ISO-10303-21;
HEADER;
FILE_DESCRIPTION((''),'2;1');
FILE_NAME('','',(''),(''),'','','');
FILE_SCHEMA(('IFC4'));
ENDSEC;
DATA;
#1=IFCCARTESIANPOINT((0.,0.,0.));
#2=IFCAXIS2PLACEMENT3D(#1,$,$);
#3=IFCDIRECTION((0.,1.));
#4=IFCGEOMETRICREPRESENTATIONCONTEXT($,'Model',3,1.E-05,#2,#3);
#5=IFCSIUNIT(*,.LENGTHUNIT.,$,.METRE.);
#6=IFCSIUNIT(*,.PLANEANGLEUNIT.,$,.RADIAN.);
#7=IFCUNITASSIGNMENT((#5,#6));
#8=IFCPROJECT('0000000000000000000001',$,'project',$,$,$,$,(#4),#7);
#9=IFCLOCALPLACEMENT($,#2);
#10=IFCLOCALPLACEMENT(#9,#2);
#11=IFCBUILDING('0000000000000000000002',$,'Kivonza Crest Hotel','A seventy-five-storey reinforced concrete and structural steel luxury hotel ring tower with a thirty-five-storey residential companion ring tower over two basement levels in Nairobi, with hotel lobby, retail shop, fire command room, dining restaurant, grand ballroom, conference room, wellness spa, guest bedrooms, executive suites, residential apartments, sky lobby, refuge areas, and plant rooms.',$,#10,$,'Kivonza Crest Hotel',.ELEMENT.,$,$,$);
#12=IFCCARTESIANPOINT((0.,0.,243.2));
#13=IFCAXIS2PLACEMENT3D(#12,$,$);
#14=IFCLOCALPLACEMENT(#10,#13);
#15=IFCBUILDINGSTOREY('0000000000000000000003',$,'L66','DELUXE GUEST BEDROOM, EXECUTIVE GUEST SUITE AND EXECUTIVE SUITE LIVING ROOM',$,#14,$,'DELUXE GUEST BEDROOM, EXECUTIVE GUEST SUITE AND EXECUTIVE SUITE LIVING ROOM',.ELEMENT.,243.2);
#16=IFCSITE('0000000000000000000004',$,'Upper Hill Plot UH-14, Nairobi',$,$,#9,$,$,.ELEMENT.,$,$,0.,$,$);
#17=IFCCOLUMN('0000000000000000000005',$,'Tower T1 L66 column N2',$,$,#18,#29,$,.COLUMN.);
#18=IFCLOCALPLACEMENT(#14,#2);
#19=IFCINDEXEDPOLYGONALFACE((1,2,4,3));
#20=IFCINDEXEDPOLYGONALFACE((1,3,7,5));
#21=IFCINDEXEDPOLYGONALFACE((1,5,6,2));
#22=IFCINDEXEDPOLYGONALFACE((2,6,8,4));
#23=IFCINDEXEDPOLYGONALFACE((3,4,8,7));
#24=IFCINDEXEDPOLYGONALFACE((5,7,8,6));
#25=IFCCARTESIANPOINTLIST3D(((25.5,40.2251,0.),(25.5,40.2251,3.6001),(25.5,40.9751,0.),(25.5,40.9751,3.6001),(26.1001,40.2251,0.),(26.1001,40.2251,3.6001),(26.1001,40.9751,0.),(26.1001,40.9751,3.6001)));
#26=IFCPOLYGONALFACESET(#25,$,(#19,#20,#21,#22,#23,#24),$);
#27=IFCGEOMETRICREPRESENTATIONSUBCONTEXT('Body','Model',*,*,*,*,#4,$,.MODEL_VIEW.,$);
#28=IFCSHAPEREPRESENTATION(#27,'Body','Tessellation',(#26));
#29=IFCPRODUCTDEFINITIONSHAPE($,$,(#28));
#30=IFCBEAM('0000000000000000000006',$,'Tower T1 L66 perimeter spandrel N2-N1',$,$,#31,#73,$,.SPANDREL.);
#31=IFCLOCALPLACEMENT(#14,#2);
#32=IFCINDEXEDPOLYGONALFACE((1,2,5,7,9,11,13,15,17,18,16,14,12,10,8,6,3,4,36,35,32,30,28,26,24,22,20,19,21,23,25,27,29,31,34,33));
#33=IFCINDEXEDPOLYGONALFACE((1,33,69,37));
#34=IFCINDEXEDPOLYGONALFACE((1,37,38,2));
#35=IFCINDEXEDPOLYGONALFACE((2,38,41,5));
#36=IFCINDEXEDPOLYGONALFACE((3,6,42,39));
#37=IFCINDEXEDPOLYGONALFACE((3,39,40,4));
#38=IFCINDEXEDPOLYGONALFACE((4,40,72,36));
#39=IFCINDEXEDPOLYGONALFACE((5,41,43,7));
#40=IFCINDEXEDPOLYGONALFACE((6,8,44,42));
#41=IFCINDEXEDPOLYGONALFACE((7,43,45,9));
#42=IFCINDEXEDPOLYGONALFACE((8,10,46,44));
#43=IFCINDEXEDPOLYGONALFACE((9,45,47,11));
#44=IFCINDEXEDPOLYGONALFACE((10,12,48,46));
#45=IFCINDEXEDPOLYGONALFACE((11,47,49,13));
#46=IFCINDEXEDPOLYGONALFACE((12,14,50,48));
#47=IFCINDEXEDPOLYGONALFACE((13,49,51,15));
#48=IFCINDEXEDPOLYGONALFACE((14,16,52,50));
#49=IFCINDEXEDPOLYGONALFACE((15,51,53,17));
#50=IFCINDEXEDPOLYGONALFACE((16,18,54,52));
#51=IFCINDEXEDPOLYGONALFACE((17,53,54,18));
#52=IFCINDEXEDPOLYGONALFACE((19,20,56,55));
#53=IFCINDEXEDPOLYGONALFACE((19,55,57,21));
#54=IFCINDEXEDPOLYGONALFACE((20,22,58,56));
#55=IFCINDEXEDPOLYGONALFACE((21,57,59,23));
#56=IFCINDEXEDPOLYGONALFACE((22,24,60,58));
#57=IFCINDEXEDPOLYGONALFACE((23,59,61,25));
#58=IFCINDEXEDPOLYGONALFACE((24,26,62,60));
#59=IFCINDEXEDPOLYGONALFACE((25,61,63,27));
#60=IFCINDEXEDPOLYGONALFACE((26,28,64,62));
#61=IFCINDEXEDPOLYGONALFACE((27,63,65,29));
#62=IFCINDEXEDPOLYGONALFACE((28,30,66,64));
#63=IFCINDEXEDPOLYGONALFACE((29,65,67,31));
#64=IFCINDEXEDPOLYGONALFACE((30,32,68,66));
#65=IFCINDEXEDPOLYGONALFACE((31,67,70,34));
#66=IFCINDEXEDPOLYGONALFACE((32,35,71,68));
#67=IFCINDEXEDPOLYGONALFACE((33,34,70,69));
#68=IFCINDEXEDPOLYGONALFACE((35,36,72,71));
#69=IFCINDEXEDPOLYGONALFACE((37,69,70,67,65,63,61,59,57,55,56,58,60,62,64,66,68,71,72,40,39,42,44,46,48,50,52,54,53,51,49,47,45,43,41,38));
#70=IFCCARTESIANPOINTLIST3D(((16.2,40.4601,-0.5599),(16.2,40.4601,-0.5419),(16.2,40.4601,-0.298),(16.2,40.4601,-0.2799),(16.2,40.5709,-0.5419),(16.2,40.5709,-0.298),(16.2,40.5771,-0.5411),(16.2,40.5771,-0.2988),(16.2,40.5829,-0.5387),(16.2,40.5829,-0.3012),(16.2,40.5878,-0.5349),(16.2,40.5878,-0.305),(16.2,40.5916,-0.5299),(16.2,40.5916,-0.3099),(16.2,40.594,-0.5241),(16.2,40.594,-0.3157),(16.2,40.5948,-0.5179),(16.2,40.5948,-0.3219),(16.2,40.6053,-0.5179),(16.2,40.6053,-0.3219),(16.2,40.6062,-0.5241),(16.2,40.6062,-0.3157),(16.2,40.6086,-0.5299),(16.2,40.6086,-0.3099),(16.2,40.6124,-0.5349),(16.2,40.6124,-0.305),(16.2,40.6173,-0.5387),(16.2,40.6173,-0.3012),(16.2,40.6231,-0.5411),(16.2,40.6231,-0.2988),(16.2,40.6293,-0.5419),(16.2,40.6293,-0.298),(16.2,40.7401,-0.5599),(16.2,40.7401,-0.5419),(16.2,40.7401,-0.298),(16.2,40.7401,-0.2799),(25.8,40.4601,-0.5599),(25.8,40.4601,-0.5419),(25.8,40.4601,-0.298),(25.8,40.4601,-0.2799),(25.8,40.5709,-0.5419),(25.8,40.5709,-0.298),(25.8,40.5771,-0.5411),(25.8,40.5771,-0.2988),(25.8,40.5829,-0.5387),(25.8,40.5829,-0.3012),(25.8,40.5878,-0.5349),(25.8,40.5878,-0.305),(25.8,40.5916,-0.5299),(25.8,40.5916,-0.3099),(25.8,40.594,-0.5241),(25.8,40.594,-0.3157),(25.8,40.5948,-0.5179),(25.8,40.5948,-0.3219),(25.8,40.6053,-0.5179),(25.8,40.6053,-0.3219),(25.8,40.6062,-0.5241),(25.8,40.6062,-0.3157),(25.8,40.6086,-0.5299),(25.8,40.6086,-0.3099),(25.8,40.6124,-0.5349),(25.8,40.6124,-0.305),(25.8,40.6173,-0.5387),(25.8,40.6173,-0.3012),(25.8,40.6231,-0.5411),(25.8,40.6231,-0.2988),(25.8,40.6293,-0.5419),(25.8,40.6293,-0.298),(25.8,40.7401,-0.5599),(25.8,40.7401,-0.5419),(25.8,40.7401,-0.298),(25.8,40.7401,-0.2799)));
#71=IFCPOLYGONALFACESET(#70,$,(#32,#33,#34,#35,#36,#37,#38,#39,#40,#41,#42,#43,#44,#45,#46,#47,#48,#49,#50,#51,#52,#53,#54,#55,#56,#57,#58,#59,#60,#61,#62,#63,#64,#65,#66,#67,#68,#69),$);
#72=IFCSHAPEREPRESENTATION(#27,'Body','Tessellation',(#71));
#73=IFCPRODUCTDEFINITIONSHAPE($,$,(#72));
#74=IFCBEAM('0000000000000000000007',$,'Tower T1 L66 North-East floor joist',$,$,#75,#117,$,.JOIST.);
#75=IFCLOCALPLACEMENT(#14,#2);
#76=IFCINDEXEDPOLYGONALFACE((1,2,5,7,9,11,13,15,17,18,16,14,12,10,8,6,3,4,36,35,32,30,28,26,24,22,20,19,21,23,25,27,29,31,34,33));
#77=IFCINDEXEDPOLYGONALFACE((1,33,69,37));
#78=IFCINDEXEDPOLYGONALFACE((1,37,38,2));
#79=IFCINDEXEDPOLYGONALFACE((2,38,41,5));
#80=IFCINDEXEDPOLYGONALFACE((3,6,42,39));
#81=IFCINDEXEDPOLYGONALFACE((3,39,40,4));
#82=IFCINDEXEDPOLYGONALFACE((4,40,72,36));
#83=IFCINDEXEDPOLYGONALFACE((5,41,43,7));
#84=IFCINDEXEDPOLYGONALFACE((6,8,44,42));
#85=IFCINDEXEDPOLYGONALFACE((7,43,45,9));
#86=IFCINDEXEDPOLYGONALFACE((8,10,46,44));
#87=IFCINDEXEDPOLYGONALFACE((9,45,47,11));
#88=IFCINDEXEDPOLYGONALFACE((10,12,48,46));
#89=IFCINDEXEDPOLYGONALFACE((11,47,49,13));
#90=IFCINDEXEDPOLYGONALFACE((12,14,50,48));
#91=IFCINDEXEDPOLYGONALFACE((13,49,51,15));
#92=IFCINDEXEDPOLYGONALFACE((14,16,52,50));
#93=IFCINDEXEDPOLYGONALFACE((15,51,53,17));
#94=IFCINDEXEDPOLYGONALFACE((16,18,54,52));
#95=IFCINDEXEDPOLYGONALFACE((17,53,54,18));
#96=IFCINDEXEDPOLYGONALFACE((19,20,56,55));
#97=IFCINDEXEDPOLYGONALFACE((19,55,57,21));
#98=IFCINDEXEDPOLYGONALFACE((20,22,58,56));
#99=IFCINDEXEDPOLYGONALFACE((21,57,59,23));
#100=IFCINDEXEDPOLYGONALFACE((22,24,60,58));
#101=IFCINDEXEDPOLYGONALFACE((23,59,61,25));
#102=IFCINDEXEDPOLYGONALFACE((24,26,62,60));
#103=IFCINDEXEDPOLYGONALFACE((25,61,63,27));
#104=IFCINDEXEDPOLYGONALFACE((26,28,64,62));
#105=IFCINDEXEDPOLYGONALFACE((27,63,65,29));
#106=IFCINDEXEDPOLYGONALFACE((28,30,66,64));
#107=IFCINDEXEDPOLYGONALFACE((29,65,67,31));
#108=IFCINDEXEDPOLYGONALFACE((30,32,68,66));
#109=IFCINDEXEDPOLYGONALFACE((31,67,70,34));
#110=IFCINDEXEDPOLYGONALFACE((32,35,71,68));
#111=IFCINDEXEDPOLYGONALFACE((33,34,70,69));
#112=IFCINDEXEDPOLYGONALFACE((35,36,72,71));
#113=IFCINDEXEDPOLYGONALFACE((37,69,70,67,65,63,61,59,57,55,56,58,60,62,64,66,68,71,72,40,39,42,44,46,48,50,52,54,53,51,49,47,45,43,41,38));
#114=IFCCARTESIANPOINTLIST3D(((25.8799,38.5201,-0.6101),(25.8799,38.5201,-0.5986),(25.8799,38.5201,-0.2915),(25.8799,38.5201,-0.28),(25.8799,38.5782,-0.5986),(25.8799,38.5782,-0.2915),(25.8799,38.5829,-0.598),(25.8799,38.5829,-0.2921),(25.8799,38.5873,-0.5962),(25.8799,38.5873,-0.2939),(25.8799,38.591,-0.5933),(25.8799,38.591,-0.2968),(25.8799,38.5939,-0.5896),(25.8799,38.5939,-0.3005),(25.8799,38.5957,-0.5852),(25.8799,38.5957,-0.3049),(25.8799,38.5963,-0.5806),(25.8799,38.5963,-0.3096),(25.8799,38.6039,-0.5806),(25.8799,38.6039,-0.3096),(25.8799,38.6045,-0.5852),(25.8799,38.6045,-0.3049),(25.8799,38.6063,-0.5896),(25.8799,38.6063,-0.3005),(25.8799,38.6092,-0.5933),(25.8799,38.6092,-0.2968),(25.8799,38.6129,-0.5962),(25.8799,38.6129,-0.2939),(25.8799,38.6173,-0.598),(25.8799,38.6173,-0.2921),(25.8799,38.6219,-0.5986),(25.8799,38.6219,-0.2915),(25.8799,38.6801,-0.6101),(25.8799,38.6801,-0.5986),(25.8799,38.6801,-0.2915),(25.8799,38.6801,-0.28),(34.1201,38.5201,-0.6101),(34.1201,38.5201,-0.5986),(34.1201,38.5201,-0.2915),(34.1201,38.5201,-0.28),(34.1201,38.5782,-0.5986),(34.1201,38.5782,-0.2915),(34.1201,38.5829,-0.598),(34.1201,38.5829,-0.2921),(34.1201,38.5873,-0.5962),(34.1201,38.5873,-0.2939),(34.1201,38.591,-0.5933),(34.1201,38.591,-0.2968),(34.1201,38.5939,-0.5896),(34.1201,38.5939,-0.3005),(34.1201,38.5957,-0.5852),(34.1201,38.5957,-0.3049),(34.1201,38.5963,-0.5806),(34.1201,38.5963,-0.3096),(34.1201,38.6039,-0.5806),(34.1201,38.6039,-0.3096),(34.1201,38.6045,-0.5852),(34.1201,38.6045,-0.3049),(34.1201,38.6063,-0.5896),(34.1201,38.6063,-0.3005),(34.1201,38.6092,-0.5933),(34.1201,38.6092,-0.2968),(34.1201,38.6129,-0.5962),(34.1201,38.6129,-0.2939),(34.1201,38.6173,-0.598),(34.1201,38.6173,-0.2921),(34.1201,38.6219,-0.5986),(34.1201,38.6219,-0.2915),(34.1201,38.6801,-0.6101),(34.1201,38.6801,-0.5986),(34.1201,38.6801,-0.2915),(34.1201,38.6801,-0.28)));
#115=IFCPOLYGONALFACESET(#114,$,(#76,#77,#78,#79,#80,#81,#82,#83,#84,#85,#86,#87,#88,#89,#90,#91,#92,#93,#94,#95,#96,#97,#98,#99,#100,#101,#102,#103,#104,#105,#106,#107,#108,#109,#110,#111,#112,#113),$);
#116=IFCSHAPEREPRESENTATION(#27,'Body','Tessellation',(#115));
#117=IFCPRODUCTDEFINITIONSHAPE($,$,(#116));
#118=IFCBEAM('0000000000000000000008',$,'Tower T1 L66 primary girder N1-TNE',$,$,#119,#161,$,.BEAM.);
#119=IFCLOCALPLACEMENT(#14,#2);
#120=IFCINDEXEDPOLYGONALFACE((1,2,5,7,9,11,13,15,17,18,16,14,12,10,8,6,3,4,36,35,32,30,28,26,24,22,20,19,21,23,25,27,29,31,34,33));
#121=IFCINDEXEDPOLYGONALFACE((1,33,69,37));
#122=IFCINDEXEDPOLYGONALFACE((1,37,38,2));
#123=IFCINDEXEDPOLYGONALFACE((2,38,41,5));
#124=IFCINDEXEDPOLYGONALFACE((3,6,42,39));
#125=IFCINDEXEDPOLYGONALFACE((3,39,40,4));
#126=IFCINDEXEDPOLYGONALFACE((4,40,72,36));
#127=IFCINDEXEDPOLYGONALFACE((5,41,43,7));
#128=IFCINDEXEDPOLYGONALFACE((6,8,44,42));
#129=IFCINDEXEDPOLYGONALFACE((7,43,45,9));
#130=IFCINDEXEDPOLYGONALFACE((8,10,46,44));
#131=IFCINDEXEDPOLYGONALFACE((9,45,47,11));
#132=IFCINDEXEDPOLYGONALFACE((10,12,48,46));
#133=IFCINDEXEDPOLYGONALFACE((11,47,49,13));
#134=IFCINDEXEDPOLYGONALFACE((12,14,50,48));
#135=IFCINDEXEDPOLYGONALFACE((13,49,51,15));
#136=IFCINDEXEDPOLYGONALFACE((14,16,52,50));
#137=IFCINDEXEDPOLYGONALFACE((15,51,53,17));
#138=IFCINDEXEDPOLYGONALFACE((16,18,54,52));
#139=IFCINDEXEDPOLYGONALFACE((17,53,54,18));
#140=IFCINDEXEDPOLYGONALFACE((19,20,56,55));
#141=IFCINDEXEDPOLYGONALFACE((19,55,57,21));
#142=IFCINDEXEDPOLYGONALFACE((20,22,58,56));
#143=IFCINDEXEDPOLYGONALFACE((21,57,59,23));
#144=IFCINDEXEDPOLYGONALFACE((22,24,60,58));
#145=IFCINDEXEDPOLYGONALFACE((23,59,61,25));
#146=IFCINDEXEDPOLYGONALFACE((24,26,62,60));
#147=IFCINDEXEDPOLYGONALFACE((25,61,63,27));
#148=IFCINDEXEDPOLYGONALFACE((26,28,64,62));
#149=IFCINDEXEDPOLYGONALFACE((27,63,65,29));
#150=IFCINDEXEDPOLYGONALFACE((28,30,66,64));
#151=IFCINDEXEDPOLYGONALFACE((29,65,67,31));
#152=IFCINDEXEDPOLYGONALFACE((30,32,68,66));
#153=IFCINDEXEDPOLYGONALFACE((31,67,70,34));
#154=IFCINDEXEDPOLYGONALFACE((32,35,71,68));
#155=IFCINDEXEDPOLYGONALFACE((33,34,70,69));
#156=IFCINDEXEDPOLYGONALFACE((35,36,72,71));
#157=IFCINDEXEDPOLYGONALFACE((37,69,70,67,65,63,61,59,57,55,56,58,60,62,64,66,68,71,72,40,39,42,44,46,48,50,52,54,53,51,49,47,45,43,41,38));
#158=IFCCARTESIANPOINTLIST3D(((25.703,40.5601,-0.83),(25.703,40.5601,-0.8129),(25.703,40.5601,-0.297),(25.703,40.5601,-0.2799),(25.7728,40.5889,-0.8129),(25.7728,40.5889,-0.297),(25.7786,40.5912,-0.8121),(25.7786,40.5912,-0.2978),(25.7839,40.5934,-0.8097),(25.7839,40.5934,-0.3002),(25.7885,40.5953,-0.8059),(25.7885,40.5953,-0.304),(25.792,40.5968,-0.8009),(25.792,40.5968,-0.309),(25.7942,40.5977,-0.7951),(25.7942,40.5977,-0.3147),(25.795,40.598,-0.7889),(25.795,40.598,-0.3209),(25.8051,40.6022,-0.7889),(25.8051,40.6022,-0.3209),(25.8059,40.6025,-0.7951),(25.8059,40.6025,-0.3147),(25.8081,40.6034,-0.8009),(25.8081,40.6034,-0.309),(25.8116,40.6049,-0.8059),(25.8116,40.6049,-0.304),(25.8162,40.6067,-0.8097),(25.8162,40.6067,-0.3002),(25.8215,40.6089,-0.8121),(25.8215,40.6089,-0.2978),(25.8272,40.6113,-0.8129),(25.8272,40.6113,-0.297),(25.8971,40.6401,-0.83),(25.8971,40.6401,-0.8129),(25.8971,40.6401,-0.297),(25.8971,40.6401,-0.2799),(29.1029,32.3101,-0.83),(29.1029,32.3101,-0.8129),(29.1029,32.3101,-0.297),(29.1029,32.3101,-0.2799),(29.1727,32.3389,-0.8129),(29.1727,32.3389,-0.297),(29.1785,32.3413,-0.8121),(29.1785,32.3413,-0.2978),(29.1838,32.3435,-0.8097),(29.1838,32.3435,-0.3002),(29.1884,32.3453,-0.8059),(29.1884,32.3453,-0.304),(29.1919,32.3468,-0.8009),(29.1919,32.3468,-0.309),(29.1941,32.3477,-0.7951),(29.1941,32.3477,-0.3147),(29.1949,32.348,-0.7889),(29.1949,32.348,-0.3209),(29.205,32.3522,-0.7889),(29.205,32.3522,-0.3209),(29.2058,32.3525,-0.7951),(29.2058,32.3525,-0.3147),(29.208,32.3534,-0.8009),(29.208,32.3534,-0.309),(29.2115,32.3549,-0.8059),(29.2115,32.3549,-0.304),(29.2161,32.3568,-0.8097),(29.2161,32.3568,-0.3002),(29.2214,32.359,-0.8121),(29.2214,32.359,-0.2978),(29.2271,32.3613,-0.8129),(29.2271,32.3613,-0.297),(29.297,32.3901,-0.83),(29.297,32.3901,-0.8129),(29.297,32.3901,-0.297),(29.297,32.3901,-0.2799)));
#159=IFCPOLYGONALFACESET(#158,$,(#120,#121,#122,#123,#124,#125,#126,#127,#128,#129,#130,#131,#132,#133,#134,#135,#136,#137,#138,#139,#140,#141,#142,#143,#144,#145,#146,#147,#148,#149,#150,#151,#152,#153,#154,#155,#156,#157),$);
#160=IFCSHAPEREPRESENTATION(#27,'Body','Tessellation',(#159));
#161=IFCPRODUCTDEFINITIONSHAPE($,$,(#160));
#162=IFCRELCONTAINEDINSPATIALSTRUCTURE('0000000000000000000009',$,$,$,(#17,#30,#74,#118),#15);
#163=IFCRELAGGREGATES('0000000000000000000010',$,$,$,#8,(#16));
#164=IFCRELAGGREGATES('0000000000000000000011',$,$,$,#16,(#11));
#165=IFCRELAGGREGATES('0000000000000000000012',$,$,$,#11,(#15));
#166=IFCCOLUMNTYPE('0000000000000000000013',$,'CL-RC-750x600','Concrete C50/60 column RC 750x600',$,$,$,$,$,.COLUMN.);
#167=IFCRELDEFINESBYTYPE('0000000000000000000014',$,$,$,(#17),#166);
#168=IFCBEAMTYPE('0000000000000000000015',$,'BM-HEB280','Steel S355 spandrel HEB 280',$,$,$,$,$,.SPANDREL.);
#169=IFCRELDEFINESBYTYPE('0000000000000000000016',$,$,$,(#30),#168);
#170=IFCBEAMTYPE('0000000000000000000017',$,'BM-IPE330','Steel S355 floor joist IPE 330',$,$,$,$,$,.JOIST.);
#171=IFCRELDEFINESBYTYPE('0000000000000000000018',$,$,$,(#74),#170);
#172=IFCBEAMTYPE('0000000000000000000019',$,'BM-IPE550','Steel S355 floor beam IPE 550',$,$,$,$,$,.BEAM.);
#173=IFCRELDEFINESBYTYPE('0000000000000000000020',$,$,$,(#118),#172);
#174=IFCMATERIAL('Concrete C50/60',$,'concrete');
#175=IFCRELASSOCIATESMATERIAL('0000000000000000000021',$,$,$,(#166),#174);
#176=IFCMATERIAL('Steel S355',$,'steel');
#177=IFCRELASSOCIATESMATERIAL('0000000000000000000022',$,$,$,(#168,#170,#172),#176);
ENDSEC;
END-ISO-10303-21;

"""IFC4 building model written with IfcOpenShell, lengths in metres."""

from ifc_helpers import new_model, si_unit, direction, frame, origin, origin_2d, place, context, subcontext, project, spatial, rectangle, i_section, extrude, material, material_profile, profile_set, type_object, element, save


model = new_model("IFC4")

# Units and contexts
model_context = context("Model", 3, precision=1e-05, world=origin(), true_north=direction((0.0, 1.0)))
body_context = subcontext(model_context, "Body", "Model", "MODEL_VIEW")
ifc_project = project(units=[si_unit("LENGTHUNIT", "METRE"), si_unit("PLANEANGLEUNIT", "RADIAN")], contexts=[model_context])

# Site, building, storey
site_placement = place(None, origin())
site = spatial("IfcSite", under=ifc_project, at=site_placement, Name="Upper Hill Plot UH-14, Nairobi", CompositionType="ELEMENT", RefElevation=0.0)
building_placement = place(site_placement, origin())
building = spatial("IfcBuilding", under=site, at=building_placement, Name="Kivonza Crest Hotel", Description="A seventy-five-storey reinforced concrete and structural steel luxury hotel ring tower with a thirty-five-storey residential companion ring tower over two basement levels in Nairobi, with hotel lobby, retail shop, fire command room, dining restaurant, grand ballroom, conference room, wellness spa, guest bedrooms, executive suites, residential apartments, sky lobby, refuge areas, and plant rooms.", LongName="Kivonza Crest Hotel", CompositionType="ELEMENT")
storey_placement = place(building_placement, frame((0.0, 0.0, 243.2)))
storey = spatial("IfcBuildingStorey", under=building, at=storey_placement, Name="L66", Description="DELUXE GUEST BEDROOM, EXECUTIVE GUEST SUITE AND EXECUTIVE SUITE LIVING ROOM", LongName="DELUXE GUEST BEDROOM, EXECUTIVE GUEST SUITE AND EXECUTIVE SUITE LIVING ROOM", CompositionType="ELEMENT", Elevation=243.2)

# Column
ifc_material_1 = material(Name="Concrete C50/60", Category="concrete")
ifc_material_profile_1 = material_profile(ifc_material_1, rectangle(XDim=0.6001, YDim=0.75, at=origin_2d()), Name="RC 750x600")
ifc_profile_set_1 = profile_set([ifc_material_profile_1], Name="Concrete C50/60")
column_type = type_object("IfcColumnType", Name="CL-RC-750x600", Description="Concrete C50/60 column RC 750x600", PredefinedType="COLUMN", material=ifc_profile_set_1)
column_placement = place(storey_placement, frame((25.8, 40.6001, 0.0), z_axis=(0.0, 0.0, 1.0), x_axis=(1.0, 0.0, 0.0)))
element("IfcColumn", 1, at=column_placement, inside=storey, type_object=column_type, Name="Tower T1 L66 column N2", PredefinedType="COLUMN", context=body_context, shape_type="SweptSolid", body=[
    extrude(rectangle(XDim=0.6001, YDim=0.75, at=origin_2d()), origin(), (0.0, 0.0, 1.0), 3.6001),
])

# Beams
ifc_material_2 = material(Name="Steel S355", Category="steel")
ifc_material_profile_2 = material_profile(ifc_material_2, i_section(OverallWidth=0.28, OverallDepth=0.28, WebThickness=0.0105, FlangeThickness=0.0181, FilletRadius=0.0239, at=origin_2d()), Name="HEB 280")
ifc_profile_set_2 = profile_set([ifc_material_profile_2], Name="Steel S355")
beam_type_1 = type_object("IfcBeamType", Name="BM-HEB280", Description="Steel S355 spandrel HEB 280", PredefinedType="SPANDREL", material=ifc_profile_set_2)
beam_1_placement = place(storey_placement, frame((25.8, 40.6001, -0.4199), z_axis=(-1.0, 0.0, 0.0), x_axis=(0.0, -1.0, 0.0)))
element("IfcBeam", 2, at=beam_1_placement, inside=storey, type_object=beam_type_1, Name="Tower T1 L66 perimeter spandrel N2-N1", PredefinedType="SPANDREL", context=body_context, shape_type="SweptSolid", body=[
    extrude(i_section(OverallWidth=0.28, OverallDepth=0.28, WebThickness=0.0105, FlangeThickness=0.0181, FilletRadius=0.0239, at=origin_2d()), origin(), (0.0, 0.0, 1.0), 9.6001),
])
ifc_material_profile_3 = material_profile(ifc_material_2, i_section(OverallWidth=0.1599, OverallDepth=0.3301, WebThickness=0.0076, FlangeThickness=0.0115, FilletRadius=0.0181, at=origin_2d()), Name="IPE 330")
ifc_profile_set_3 = profile_set([ifc_material_profile_3], Name="Steel S355")
beam_type_2 = type_object("IfcBeamType", Name="BM-IPE330", Description="Steel S355 floor joist IPE 330", PredefinedType="JOIST", material=ifc_profile_set_3)
beam_2_placement = place(storey_placement, frame((25.8799, 38.6001, -0.4451), z_axis=(1.0, 0.0, 0.0), x_axis=(0.0, 1.0, 0.0)))
element("IfcBeam", 3, at=beam_2_placement, inside=storey, type_object=beam_type_2, Name="Tower T1 L66 North-East floor joist", PredefinedType="JOIST", context=body_context, shape_type="SweptSolid", body=[
    extrude(i_section(OverallWidth=0.1599, OverallDepth=0.3301, WebThickness=0.0076, FlangeThickness=0.0115, FilletRadius=0.0181, at=origin_2d()), origin(), (0.0, 0.0, 1.0), 8.2402),
])
ifc_material_profile_4 = material_profile(ifc_material_2, i_section(OverallWidth=0.21, OverallDepth=0.55, WebThickness=0.011, FlangeThickness=0.0171, FilletRadius=0.0239, at=origin_2d()), Name="IPE 550")
ifc_profile_set_4 = profile_set([ifc_material_profile_4], Name="Steel S355")
beam_type_3 = type_object("IfcBeamType", Name="BM-IPE550", Description="Steel S355 floor beam IPE 550", PredefinedType="BEAM", material=ifc_profile_set_4)
beam_3_placement = place(storey_placement, frame((25.8, 40.6001, -0.5549), z_axis=(0.381022, -0.924566, 0.0), x_axis=(0.924566, 0.381022, 0.0)))
element("IfcBeam", 4, at=beam_3_placement, inside=storey, type_object=beam_type_3, Name="Tower T1 L66 primary girder N1-TNE", PredefinedType="BEAM", context=body_context, shape_type="SweptSolid", body=[
    extrude(i_section(OverallWidth=0.21, OverallDepth=0.55, WebThickness=0.011, FlangeThickness=0.0171, FilletRadius=0.0239, at=origin_2d()), origin(), (0.0, 0.0, 1.0), 8.9231),
])

save(model, "model.ifc")
